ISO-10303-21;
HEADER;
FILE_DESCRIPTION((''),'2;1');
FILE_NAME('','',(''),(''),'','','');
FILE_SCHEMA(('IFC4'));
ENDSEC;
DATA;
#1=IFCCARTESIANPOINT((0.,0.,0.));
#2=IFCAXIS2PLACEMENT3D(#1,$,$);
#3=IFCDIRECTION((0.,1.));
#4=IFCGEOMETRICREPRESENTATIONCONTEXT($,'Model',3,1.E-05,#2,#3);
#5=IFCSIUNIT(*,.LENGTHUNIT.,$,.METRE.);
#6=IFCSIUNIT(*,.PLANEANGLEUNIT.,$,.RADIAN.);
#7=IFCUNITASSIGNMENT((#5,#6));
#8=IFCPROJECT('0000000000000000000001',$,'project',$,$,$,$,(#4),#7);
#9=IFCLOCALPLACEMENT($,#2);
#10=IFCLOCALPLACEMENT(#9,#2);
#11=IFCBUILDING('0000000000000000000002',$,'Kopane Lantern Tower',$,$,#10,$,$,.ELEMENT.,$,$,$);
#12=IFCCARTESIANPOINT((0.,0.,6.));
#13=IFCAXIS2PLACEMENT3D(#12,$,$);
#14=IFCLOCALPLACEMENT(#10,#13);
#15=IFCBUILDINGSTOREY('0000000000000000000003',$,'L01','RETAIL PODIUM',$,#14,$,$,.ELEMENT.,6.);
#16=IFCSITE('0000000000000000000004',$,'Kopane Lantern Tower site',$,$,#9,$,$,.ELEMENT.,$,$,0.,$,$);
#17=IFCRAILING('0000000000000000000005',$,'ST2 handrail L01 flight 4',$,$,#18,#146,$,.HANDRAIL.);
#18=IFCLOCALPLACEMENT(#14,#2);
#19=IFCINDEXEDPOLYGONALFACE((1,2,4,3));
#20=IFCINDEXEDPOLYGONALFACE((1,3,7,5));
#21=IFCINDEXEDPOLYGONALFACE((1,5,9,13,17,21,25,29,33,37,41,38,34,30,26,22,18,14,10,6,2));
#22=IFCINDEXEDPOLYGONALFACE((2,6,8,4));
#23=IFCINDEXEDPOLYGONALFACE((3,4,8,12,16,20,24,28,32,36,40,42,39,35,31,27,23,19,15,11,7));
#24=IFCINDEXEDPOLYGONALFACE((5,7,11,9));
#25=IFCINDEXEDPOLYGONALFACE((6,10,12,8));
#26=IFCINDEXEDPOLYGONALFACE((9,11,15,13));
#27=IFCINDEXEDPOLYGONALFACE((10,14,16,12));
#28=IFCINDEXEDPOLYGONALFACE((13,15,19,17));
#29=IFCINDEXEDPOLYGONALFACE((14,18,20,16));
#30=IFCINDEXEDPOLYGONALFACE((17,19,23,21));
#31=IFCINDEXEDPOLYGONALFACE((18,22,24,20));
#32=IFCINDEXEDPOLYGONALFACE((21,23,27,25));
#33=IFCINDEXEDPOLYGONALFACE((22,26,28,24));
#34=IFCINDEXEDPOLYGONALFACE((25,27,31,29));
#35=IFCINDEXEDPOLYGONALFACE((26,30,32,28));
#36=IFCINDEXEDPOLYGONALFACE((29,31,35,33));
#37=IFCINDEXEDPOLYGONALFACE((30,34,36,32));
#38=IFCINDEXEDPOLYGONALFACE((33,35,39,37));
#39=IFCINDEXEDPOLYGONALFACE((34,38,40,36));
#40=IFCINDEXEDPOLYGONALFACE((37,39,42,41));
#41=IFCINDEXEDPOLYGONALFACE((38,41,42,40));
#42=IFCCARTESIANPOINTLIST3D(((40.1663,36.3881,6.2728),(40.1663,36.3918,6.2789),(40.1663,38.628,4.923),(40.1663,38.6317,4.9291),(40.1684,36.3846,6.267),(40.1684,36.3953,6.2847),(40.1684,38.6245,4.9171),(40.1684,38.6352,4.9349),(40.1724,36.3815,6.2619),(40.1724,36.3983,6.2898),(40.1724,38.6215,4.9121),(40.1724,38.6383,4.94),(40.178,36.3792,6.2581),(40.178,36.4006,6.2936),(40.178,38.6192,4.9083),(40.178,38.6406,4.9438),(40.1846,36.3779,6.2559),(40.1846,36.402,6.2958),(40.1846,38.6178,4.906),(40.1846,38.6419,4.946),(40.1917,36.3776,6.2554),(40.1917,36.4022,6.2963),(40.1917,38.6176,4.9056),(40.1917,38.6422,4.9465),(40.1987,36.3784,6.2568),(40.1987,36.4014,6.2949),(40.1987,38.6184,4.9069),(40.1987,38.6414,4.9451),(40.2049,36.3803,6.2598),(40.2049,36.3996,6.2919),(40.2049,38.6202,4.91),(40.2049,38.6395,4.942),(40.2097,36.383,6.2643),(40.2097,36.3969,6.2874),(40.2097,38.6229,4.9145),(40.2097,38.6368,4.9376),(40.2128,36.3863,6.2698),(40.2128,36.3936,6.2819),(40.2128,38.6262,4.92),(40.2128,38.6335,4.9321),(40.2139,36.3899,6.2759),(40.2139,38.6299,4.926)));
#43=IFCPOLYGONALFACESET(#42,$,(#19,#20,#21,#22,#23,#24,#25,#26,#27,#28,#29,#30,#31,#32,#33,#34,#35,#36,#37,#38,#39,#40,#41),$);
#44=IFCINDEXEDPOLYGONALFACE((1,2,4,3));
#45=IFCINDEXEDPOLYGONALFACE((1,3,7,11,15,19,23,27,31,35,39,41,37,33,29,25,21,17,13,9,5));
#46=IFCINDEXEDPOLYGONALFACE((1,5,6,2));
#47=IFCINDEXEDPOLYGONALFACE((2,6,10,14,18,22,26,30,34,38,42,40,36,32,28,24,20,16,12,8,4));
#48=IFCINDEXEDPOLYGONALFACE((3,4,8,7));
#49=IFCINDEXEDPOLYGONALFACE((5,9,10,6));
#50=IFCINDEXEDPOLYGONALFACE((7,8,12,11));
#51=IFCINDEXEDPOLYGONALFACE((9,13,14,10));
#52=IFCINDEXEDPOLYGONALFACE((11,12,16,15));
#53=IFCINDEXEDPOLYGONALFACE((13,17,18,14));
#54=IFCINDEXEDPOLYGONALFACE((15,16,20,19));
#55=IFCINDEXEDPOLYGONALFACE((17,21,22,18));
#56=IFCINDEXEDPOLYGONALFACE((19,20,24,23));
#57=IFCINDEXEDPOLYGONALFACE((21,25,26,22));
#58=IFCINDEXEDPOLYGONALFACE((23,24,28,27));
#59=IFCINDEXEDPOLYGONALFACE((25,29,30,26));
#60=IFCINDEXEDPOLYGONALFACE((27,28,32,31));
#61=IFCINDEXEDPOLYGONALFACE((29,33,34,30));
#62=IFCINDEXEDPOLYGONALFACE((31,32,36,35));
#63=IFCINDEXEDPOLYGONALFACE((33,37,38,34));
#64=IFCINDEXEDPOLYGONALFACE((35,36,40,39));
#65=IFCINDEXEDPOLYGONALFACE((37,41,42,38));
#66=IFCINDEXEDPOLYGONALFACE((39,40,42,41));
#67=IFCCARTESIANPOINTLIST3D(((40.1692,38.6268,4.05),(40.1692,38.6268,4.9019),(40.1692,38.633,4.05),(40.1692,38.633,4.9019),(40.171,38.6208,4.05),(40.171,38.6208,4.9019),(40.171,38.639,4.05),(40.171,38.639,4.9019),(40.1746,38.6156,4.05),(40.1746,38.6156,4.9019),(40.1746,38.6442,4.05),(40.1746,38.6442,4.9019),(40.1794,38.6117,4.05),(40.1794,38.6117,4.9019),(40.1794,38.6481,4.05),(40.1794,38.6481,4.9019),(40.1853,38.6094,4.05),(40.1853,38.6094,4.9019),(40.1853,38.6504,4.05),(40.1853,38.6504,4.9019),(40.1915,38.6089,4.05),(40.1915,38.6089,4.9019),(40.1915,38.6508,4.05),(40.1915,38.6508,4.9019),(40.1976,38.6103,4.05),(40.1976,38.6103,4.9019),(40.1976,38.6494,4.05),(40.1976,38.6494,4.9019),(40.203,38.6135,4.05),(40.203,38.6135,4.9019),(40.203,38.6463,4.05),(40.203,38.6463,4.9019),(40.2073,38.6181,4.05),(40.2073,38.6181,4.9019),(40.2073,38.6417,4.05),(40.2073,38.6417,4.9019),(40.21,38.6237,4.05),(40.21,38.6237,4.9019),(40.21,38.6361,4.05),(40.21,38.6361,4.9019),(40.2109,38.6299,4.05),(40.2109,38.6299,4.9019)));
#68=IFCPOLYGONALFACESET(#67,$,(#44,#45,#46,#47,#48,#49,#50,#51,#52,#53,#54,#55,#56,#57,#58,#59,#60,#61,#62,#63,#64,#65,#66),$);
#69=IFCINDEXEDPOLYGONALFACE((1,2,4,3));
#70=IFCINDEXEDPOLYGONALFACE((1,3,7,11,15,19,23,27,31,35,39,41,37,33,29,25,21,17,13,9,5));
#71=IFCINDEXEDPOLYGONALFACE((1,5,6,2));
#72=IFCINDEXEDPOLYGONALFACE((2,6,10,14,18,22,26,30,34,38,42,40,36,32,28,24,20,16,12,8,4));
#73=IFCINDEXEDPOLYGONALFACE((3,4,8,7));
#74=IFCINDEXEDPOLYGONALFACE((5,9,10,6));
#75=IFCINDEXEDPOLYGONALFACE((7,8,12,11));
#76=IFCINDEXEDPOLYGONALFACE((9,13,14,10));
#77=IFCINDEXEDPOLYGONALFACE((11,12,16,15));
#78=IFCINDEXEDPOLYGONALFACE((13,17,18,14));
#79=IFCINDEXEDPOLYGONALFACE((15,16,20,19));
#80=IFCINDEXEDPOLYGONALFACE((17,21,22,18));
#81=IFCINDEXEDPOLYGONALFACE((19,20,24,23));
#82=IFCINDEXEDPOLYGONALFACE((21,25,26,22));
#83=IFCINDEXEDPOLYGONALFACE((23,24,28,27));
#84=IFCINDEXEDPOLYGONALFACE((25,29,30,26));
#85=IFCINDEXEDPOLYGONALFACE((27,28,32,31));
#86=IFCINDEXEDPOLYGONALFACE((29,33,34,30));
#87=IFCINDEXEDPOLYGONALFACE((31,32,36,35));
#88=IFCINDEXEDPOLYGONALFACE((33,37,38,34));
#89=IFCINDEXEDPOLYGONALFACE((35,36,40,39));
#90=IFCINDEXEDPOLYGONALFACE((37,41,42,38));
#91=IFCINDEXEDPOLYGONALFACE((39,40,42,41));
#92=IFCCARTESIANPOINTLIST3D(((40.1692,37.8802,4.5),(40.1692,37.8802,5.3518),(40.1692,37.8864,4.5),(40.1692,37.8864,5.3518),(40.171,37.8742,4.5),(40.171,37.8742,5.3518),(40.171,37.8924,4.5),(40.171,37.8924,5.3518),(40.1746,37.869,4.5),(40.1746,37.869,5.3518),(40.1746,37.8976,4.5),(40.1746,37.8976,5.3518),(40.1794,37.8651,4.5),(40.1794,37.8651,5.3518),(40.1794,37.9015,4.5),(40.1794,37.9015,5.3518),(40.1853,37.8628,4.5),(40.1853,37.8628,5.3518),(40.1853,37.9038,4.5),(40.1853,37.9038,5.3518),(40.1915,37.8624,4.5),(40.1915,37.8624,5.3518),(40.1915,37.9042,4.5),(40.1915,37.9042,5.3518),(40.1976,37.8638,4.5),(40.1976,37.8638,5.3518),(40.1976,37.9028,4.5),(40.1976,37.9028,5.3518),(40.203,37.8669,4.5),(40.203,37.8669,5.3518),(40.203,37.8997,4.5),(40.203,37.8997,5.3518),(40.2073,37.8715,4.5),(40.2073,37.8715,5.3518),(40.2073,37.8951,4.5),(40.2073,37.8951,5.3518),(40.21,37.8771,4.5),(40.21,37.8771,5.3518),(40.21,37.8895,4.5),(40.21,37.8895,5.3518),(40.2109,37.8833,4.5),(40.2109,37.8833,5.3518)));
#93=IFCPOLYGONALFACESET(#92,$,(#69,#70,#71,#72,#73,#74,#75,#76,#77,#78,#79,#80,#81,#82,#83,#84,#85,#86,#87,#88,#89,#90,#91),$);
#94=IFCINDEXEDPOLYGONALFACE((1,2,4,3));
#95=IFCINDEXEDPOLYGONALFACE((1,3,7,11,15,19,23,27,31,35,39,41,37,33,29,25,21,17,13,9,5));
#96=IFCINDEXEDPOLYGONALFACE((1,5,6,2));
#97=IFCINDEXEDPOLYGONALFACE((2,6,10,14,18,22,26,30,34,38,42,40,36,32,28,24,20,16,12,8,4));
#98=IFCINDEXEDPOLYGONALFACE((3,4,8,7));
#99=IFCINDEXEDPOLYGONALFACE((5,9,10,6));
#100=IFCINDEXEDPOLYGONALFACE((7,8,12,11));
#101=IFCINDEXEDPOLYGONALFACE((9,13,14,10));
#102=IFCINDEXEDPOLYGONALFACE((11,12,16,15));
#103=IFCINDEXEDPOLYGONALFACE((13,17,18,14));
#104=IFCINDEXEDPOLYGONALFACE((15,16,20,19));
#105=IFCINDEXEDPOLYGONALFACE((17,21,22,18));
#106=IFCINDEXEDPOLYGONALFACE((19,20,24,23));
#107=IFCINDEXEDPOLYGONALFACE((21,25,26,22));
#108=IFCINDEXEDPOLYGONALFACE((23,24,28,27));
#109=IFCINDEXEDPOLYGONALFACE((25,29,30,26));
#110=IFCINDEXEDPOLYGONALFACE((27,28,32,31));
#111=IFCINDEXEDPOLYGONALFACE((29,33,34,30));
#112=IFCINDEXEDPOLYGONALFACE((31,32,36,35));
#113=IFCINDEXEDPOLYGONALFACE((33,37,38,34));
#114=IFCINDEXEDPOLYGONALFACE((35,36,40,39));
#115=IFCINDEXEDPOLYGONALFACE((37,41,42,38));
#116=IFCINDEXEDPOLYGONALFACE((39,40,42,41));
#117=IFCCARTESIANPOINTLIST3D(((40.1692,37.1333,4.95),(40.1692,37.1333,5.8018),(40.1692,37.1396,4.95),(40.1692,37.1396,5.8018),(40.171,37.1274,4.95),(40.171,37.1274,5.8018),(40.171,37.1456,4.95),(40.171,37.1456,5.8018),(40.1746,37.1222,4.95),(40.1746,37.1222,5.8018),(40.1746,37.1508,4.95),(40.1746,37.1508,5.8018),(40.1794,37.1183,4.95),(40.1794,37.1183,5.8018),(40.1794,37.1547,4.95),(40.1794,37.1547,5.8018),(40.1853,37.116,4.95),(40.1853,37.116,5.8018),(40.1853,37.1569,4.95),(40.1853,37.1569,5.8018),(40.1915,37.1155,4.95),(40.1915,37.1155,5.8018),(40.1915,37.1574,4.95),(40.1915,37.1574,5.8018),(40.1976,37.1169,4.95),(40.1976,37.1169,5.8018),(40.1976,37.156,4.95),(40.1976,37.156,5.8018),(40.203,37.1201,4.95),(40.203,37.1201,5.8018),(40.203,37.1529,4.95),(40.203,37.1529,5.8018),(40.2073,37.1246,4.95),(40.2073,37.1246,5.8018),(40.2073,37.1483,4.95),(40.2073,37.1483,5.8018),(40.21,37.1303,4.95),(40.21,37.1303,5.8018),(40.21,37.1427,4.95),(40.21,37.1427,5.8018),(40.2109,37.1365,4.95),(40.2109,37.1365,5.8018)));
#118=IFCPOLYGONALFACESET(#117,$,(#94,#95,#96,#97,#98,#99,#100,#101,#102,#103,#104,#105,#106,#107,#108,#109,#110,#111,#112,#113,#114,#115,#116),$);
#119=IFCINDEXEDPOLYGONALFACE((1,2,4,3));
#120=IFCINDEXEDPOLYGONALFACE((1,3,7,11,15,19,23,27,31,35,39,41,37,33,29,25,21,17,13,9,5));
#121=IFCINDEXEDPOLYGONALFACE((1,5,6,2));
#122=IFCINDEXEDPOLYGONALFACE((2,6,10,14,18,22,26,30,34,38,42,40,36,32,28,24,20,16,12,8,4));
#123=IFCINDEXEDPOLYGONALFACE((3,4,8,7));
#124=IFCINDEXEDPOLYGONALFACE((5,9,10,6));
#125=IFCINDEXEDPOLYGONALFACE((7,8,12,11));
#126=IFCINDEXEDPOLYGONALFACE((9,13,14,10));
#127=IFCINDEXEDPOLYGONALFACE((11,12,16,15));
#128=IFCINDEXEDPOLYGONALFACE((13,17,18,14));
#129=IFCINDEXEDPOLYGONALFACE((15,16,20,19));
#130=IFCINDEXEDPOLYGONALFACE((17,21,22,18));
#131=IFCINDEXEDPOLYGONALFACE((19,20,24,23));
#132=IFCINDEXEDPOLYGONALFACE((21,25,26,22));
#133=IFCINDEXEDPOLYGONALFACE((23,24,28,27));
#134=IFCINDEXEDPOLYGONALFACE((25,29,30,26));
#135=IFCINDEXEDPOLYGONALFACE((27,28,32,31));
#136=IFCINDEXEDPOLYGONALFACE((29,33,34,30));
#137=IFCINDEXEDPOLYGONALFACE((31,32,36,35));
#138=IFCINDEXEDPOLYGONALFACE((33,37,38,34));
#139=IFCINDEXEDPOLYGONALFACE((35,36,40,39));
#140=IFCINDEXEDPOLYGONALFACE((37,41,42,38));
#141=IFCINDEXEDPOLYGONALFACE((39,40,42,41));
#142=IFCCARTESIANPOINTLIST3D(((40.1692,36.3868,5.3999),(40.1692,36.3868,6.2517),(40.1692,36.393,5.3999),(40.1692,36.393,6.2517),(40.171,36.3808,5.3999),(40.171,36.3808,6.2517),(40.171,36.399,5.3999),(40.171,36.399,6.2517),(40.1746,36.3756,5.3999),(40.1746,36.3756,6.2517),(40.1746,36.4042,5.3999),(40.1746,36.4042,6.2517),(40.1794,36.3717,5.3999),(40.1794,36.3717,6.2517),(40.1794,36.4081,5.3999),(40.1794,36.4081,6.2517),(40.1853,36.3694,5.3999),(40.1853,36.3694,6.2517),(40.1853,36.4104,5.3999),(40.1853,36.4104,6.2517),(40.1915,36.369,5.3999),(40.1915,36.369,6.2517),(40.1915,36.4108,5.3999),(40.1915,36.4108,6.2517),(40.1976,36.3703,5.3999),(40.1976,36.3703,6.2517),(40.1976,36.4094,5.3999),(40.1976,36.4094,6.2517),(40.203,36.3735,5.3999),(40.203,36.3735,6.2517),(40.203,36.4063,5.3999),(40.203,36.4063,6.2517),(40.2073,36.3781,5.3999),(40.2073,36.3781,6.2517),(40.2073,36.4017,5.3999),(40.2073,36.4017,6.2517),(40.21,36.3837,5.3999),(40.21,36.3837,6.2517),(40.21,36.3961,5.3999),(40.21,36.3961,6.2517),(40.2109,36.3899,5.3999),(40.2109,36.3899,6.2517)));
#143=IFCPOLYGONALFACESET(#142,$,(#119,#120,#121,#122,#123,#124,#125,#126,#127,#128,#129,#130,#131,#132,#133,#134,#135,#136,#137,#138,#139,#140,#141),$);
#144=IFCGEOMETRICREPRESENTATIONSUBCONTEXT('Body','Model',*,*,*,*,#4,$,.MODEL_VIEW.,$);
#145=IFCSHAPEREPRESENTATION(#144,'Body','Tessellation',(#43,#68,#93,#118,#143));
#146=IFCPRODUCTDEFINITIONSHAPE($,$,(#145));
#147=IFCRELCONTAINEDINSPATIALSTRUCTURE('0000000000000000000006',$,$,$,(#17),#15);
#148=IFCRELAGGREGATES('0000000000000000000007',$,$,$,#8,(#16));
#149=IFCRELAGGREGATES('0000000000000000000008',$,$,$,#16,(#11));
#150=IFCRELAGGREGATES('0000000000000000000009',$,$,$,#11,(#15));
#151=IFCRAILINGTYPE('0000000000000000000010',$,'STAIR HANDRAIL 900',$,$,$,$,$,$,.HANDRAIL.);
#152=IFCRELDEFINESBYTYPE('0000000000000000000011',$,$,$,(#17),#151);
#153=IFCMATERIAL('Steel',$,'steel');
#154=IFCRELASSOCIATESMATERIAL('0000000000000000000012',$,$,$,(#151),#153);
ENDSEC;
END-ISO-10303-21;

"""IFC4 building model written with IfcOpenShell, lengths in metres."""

from ifc_helpers import new_model, si_unit, direction, frame, origin, origin_2d, place, context, subcontext, project, spatial, circle, extrude, material, type_object, element, save


model = new_model("IFC4")

# Units and contexts
model_context = context("Model", 3, precision=1e-05, world=origin(), true_north=direction((0.0, 1.0)))
body_context = subcontext(model_context, "Body", "Model", "MODEL_VIEW")
ifc_project = project(units=[si_unit("LENGTHUNIT", "METRE"), si_unit("PLANEANGLEUNIT", "RADIAN")], contexts=[model_context])

# Site, building, storey
site_placement = place(None, origin())
site = spatial("IfcSite", under=ifc_project, at=site_placement, Name="Kopane Lantern Tower site", CompositionType="ELEMENT", RefElevation=0.0)
building_placement = place(site_placement, origin())
building = spatial("IfcBuilding", under=site, at=building_placement, Name="Kopane Lantern Tower", CompositionType="ELEMENT")
storey_placement = place(building_placement, frame((0.0, 0.0, 6.0)))
storey = spatial("IfcBuildingStorey", under=building, at=storey_placement, Name="L01", Description="RETAIL PODIUM", CompositionType="ELEMENT", Elevation=6.0)

# Railing
ifc_material_1 = material(Name="Steel", Category="steel")
railing_type_1 = type_object("IfcRailingType", Name="STAIR HANDRAIL 900", PredefinedType="HANDRAIL", material=ifc_material_1)
for number, where, name in (
    (1, (40.1899, 38.6299, 4.05), "ST2 handrail L01 flight 4"),
):
    element("IfcRailing", number, at=place(storey_placement, frame(where)), inside=storey, type_object=railing_type_1, Name=name, PredefinedType="HANDRAIL", context=body_context, shape_type="SweptSolid", body=[
        extrude(circle(Radius=0.0239, at=origin_2d()), frame((0.0, 0.0, 0.876), z_axis=(0.0, -0.856503, 0.516142), x_axis=(1.0, 0.0, 0.0)), (0.0, 0.0, 1.0), 2.6152),
        extrude(circle(Radius=0.021, at=origin_2d()), origin(), (0.0, 0.0, 1.0), 0.8518),
        extrude(circle(Radius=0.021, at=origin_2d()), frame((0.0, -0.7466, 0.45)), (0.0, 0.0, 1.0), 0.8518),
        extrude(circle(Radius=0.021, at=origin_2d()), frame((0.0, -1.4934, 0.8999)), (0.0, 0.0, 1.0), 0.8518),
        extrude(circle(Radius=0.021, at=origin_2d()), frame((0.0, -2.24, 1.3499)), (0.0, 0.0, 1.0), 0.8518),
    ])

save(model, "model.ifc")
